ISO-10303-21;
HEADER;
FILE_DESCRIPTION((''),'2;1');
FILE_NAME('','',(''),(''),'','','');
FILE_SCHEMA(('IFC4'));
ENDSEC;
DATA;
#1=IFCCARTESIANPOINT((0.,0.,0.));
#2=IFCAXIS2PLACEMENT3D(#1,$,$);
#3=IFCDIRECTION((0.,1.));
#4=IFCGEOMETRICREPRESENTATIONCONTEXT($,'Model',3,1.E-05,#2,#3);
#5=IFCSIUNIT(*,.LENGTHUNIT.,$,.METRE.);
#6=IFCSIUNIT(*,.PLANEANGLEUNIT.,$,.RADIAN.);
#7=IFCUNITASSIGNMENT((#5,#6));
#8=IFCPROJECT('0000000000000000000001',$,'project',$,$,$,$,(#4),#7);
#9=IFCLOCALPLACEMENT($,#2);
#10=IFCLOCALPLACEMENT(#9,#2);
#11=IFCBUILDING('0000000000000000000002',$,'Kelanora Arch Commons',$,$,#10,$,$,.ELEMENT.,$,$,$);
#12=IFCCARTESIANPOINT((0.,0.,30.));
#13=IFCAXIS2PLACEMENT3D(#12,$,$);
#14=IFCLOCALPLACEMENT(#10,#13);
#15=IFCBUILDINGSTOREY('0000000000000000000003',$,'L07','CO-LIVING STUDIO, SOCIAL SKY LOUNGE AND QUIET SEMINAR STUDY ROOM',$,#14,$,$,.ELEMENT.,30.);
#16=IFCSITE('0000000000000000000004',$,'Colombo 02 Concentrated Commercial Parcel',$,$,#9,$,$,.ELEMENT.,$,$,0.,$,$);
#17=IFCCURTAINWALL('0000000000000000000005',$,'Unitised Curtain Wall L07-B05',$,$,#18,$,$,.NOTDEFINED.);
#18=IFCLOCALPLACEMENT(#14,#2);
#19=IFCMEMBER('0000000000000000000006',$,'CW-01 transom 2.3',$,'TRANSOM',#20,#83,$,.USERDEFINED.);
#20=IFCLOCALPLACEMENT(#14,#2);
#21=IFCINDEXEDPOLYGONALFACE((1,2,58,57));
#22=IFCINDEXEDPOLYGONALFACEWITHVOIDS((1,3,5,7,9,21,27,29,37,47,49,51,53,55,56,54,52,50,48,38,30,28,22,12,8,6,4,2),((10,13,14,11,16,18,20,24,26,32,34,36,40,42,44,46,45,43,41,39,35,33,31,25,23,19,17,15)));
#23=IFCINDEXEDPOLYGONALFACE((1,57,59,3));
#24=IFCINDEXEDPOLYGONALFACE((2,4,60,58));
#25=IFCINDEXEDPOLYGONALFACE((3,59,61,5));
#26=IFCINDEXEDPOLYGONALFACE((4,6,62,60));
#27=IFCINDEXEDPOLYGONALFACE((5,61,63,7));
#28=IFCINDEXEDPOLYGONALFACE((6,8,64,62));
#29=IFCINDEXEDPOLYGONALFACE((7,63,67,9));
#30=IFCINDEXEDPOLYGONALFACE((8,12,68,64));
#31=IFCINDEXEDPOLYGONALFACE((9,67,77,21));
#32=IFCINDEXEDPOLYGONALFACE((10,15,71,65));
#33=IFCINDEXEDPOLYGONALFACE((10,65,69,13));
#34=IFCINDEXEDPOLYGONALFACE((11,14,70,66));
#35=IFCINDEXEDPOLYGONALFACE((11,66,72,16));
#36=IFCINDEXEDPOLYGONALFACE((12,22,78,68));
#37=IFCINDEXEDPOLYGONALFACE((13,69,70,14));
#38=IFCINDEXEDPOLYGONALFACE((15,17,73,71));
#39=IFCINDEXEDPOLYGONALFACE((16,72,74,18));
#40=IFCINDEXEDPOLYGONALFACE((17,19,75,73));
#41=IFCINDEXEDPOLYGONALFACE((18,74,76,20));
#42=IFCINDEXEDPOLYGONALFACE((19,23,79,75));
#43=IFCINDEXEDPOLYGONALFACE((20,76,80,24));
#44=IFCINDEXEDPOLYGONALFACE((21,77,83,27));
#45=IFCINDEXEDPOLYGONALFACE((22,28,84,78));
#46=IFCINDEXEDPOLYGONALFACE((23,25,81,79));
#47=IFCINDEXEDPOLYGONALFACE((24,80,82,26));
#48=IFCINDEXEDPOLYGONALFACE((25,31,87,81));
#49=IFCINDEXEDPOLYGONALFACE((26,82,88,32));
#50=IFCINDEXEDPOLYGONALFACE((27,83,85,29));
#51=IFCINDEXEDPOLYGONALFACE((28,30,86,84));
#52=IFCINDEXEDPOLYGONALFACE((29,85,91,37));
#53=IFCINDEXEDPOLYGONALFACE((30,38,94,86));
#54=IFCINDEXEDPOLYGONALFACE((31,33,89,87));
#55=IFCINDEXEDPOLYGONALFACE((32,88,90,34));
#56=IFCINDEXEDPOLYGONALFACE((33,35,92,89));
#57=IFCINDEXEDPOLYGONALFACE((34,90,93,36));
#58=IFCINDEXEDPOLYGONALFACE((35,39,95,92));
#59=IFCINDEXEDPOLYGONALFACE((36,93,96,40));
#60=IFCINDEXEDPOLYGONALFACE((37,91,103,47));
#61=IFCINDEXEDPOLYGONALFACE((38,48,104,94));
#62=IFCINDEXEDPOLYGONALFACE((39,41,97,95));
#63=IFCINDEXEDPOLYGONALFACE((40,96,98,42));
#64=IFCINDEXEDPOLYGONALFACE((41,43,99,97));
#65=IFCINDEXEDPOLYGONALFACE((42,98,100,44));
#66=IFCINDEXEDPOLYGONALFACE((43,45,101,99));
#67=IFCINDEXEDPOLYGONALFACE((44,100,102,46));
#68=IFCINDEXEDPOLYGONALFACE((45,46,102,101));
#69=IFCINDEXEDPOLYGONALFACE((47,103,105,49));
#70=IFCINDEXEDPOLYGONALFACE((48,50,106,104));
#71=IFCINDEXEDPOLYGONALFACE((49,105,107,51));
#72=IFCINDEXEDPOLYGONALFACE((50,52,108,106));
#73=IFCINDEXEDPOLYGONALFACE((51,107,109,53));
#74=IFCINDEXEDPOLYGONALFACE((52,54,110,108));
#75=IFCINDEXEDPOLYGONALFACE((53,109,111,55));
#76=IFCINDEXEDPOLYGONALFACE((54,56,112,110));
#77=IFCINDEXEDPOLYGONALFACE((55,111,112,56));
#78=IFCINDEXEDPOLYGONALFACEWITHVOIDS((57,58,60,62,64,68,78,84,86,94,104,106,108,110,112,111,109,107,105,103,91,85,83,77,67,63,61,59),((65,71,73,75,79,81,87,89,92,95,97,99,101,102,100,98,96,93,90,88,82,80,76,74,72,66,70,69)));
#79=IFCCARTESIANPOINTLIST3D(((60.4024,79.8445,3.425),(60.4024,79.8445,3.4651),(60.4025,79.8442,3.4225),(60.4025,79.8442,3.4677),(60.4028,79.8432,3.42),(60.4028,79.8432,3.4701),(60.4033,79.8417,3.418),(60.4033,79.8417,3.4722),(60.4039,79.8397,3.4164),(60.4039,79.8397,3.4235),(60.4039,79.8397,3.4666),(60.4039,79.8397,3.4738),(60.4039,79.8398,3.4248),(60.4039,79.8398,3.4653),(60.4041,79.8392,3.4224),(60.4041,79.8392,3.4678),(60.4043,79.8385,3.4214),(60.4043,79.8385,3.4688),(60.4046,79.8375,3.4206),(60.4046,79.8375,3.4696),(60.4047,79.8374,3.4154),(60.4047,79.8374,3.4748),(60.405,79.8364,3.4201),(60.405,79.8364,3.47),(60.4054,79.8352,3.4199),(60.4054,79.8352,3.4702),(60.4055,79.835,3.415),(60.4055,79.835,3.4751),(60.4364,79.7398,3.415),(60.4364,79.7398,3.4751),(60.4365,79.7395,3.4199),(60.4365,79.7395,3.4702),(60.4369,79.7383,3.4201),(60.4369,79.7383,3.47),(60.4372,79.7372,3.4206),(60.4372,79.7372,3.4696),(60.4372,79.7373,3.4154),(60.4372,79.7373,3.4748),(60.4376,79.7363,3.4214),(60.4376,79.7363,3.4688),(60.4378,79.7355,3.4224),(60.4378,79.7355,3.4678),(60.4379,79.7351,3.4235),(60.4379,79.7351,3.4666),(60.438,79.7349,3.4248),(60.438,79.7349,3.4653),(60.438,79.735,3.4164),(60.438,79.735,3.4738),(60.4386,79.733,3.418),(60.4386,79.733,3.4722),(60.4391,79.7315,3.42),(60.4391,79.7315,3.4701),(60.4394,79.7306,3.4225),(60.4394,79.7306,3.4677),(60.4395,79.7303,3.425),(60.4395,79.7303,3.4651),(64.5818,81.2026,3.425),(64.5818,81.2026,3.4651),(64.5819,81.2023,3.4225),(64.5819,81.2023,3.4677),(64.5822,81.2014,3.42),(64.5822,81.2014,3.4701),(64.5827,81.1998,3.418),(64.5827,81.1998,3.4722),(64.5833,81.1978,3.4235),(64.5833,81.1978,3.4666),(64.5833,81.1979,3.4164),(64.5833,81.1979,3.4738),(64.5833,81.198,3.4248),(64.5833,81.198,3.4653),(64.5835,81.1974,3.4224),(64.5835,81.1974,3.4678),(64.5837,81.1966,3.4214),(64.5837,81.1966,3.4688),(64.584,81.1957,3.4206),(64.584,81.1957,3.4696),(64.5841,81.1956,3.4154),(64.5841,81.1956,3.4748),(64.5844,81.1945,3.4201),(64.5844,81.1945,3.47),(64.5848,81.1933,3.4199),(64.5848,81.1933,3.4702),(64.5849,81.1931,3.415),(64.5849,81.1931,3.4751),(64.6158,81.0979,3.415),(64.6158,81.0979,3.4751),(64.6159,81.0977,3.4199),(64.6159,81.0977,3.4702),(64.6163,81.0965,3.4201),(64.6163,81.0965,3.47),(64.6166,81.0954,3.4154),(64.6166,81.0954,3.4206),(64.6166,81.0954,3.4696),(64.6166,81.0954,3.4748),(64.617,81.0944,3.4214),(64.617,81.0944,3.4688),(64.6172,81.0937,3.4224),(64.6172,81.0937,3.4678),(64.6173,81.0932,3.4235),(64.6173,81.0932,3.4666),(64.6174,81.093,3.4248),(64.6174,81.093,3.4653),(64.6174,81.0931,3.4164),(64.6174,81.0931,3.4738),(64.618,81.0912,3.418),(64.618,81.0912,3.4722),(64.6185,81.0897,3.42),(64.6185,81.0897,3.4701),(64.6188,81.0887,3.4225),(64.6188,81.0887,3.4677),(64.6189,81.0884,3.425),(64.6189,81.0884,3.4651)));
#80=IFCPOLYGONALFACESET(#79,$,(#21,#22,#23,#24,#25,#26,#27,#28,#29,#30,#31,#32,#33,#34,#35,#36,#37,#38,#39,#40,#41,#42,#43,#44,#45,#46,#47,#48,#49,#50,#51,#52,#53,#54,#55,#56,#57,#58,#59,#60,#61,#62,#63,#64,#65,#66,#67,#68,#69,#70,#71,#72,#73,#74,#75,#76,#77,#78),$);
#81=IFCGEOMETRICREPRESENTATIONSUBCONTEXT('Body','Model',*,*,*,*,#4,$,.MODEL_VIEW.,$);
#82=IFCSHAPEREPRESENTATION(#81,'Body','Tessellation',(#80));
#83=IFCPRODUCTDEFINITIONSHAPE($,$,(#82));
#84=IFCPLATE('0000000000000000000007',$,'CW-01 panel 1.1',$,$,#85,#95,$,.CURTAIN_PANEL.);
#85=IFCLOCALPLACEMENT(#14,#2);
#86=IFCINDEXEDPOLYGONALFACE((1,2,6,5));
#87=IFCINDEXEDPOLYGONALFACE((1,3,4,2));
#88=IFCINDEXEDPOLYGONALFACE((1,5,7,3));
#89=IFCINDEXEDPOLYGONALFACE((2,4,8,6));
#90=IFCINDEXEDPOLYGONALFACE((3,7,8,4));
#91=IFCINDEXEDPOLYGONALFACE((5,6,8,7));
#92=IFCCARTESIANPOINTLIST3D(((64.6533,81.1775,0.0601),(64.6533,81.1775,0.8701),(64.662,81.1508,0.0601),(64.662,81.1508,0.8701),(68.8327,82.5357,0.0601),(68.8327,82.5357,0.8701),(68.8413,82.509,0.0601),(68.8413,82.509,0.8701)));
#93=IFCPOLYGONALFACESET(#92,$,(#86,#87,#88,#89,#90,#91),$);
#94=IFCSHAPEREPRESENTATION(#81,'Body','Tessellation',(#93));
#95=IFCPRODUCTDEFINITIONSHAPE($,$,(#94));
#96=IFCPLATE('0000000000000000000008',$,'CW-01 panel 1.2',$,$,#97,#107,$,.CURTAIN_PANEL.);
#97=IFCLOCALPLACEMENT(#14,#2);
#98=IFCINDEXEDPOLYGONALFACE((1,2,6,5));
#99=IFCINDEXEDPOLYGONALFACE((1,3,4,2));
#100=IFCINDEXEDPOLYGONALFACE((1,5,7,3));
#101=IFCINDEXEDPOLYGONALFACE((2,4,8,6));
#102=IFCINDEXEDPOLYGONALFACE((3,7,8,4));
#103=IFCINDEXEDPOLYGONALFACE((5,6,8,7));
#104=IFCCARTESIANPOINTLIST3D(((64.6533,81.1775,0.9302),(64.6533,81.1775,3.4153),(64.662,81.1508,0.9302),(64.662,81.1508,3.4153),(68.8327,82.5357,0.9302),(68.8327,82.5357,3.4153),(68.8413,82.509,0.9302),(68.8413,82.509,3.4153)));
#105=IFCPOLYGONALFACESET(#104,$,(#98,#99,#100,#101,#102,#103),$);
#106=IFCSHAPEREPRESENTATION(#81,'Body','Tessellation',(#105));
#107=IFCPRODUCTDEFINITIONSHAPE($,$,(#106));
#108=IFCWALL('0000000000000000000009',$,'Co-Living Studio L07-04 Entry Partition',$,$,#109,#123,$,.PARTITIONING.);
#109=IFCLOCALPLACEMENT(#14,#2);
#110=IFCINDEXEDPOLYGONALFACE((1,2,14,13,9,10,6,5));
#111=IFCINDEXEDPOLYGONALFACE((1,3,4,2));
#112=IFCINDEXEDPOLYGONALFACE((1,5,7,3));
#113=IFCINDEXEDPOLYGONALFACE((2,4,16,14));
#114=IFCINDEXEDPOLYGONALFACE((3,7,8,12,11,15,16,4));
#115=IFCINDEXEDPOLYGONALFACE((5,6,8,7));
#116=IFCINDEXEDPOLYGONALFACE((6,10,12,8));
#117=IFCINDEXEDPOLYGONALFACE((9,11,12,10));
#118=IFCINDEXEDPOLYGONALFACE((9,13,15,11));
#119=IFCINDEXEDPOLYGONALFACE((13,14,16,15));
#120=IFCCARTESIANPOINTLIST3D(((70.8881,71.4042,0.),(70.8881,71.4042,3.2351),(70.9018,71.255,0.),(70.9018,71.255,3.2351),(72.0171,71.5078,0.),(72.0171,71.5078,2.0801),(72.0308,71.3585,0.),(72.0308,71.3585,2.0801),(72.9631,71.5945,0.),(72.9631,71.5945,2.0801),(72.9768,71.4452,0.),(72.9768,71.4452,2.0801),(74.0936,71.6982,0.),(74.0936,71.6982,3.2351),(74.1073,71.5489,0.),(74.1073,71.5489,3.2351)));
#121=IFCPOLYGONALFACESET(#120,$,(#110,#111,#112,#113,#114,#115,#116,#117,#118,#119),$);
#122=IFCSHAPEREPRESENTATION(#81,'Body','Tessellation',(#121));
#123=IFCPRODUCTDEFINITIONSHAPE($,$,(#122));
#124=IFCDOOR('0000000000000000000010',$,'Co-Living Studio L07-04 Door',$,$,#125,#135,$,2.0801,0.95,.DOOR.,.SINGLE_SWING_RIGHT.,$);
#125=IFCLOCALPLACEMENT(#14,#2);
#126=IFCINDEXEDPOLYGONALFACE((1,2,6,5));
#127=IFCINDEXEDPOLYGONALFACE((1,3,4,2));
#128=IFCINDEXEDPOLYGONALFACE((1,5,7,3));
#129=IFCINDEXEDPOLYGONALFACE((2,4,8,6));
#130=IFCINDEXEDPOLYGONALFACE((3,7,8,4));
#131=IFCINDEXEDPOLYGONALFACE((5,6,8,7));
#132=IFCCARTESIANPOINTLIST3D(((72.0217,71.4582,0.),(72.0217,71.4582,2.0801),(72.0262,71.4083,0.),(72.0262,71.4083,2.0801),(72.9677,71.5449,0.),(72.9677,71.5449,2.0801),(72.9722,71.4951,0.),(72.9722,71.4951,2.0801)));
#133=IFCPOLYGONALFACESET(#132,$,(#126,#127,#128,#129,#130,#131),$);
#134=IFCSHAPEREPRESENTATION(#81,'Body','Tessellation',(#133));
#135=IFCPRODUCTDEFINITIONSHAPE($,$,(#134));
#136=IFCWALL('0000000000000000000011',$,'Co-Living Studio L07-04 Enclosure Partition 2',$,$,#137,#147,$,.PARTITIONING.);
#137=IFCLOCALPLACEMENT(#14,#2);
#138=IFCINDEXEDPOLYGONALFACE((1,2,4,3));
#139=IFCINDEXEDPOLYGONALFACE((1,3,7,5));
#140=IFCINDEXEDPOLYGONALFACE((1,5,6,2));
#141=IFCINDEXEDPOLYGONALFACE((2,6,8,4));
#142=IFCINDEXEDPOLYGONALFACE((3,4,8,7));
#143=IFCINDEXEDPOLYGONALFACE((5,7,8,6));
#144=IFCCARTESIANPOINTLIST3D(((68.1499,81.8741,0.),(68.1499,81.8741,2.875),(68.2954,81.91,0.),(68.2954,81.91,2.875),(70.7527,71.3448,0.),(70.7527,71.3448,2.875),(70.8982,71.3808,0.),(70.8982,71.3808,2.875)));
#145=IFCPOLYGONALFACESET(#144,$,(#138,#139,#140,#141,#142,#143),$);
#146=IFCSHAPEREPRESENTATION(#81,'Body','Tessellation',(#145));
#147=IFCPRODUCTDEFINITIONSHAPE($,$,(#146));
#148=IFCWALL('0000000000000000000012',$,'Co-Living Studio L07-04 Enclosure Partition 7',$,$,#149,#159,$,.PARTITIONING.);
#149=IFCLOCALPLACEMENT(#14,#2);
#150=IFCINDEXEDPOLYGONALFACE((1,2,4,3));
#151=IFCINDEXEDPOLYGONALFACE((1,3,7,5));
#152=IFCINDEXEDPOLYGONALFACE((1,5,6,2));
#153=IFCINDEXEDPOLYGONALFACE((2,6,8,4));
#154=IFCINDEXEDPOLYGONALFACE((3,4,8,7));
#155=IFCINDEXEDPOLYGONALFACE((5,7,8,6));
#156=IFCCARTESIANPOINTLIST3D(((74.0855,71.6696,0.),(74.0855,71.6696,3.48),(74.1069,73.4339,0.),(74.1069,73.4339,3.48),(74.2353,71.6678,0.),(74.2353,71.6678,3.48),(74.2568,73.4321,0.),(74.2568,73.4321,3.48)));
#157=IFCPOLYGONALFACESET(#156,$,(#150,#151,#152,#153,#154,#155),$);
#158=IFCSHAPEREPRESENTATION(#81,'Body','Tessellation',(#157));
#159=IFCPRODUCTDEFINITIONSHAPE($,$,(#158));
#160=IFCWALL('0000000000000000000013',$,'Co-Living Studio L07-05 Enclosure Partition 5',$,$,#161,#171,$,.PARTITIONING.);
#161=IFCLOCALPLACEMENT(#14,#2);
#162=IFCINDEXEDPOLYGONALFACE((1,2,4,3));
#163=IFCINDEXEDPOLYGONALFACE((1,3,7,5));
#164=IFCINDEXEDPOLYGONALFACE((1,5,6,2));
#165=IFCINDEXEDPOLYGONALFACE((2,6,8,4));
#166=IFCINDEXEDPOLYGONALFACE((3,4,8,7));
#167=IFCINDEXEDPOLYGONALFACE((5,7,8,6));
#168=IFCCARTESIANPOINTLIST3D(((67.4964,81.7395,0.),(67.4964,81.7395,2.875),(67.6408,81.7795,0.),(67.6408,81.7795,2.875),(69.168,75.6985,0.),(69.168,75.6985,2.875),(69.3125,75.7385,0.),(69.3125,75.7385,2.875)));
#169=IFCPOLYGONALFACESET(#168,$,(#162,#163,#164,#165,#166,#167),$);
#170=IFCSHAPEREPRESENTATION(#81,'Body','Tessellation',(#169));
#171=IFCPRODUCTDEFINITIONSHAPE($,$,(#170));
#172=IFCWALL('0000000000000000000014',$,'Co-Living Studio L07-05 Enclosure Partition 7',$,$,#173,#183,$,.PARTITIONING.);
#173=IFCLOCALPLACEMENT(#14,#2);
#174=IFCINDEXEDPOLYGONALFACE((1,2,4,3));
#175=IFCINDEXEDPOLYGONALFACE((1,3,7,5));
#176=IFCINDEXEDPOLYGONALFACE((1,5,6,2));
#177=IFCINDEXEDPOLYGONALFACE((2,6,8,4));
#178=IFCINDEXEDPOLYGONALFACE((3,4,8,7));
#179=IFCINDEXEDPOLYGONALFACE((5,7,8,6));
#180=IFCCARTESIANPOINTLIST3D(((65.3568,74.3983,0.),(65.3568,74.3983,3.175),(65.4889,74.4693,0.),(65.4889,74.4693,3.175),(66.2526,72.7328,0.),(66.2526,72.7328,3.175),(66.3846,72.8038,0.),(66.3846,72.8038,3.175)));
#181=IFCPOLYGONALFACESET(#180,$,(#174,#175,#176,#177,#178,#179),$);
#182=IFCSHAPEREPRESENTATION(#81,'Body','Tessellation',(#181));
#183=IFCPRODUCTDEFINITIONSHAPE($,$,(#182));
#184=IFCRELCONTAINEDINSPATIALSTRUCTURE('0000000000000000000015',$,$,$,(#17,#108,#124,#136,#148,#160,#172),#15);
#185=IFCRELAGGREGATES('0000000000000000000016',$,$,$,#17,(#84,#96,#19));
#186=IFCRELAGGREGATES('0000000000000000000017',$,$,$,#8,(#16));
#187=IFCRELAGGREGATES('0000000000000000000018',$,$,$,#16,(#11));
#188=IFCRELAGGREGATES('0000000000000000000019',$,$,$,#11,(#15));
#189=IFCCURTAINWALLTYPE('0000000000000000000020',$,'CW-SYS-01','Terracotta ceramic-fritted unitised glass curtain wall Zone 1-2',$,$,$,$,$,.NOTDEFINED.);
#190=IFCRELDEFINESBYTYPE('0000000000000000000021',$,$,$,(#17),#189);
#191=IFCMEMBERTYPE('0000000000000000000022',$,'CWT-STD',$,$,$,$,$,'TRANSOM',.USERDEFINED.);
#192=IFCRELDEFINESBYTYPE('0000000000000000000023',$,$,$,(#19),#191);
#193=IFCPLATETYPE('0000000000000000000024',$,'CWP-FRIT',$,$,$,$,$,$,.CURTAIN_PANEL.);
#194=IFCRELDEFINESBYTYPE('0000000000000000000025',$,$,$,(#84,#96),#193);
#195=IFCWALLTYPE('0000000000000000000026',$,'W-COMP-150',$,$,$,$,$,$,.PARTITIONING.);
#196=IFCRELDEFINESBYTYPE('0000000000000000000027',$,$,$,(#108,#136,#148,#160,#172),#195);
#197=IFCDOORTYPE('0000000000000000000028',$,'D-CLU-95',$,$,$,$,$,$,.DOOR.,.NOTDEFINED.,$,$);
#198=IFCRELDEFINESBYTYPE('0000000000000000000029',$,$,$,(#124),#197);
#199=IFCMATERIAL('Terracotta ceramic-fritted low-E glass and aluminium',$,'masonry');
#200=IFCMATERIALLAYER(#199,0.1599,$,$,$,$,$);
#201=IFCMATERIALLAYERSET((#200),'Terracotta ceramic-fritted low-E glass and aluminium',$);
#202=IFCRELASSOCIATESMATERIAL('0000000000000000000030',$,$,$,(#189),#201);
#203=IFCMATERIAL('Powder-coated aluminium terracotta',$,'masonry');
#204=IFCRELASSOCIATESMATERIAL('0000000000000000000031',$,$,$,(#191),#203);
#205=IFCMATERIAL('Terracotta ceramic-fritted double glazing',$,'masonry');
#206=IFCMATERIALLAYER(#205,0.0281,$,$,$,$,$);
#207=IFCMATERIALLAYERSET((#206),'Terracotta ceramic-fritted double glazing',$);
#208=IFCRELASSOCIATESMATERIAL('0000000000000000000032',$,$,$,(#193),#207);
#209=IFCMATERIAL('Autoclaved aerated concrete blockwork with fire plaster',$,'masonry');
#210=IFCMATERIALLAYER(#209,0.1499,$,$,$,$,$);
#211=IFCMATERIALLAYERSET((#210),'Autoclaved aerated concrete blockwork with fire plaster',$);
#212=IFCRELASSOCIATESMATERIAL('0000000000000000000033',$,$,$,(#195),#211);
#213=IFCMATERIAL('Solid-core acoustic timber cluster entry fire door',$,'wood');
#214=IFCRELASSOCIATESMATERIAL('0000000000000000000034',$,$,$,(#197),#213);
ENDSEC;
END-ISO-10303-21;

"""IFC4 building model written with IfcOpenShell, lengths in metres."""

from ifc_helpers import new_model, si_unit, direction, frame, frame_2d, origin, origin_2d, place, context, subcontext, project, spatial, rectangle, hollow_rectangle, extrude, source, transform, mapped, material, layer, layer_set, material_profile, profile_set, type_object, element, fill, aggregate, save


model = new_model("IFC4")

# Units and contexts
model_context = context("Model", 3, precision=1e-05, world=origin(), true_north=direction((0.0, 1.0)))
body_context = subcontext(model_context, "Body", "Model", "MODEL_VIEW")
ifc_project = project(units=[si_unit("LENGTHUNIT", "METRE"), si_unit("PLANEANGLEUNIT", "RADIAN")], contexts=[model_context])

# Site, building, storey
site_placement = place(None, origin())
site = spatial("IfcSite", under=ifc_project, at=site_placement, Name="Colombo 02 Concentrated Commercial Parcel", CompositionType="ELEMENT", RefElevation=0.0)
building_placement = place(site_placement, origin())
building = spatial("IfcBuilding", under=site, at=building_placement, Name="Kelanora Arch Commons", CompositionType="ELEMENT")
storey_placement = place(building_placement, frame((0.0, 0.0, 30.0)))
storey = spatial("IfcBuildingStorey", under=building, at=storey_placement, Name="L07", Description="CO-LIVING STUDIO, SOCIAL SKY LOUNGE AND QUIET SEMINAR STUDY ROOM", CompositionType="ELEMENT", Elevation=30.0)

# Curtain wall, member, plates
ifc_material_1 = material(Name="Terracotta ceramic-fritted low-E glass and aluminium", Category="masonry")
ifc_layer_1 = layer(ifc_material_1, 0.1599)
ifc_layer_set_1 = layer_set([ifc_layer_1], Name="Terracotta ceramic-fritted low-E glass and aluminium")
curtain_wall_type = type_object("IfcCurtainWallType", Name="CW-SYS-01", Description="Terracotta ceramic-fritted unitised glass curtain wall Zone 1-2", PredefinedType="NOTDEFINED", material=ifc_layer_set_1)
curtain_wall_placement = place(storey_placement, origin())
curtain_wall = element("IfcCurtainWall", 1, at=curtain_wall_placement, inside=storey, type_object=curtain_wall_type, Name="Unitised Curtain Wall L07-B05", PredefinedType="NOTDEFINED")
ifc_material_2 = material(Name="Powder-coated aluminium terracotta", Category="masonry")
ifc_material_profile_1 = material_profile(ifc_material_2, hollow_rectangle(XDim=0.1201, YDim=0.0601, WallThickness=0.0049, InnerFilletRadius=0.0049, OuterFilletRadius=0.01, at=origin_2d()), Name="CWT120x60")
ifc_profile_set_1 = profile_set([ifc_material_profile_1], Name="Powder-coated aluminium terracotta")
member_type_1 = type_object("IfcMemberType", Name="CWT-STD", ElementType="TRANSOM", PredefinedType="USERDEFINED", material=ifc_profile_set_1)
member_1_placement = place(storey_placement, frame((64.6003, 81.1455, 3.4451), z_axis=(-0.951045, -0.309052, 0.0), x_axis=(0.309052, -0.951045, 0.0)))
member_1 = element("IfcMember", 2, at=member_1_placement, type_object=member_type_1, Name="CW-01 transom 2.3", ObjectType="TRANSOM", PredefinedType="USERDEFINED", context=body_context, shape_type="SweptSolid", body=[
    extrude(hollow_rectangle(XDim=0.1201, YDim=0.0601, WallThickness=0.0049, InnerFilletRadius=0.0049, OuterFilletRadius=0.01, at=origin_2d()), origin(), (0.0, 0.0, 1.0), 4.3945),
])
ifc_material_3 = material(Name="Terracotta ceramic-fritted double glazing", Category="masonry")
ifc_layer_2 = layer(ifc_material_3, 0.0281)
ifc_layer_set_2 = layer_set([ifc_layer_2], Name="Terracotta ceramic-fritted double glazing")
plate_type = type_object("IfcPlateType", Name="CWP-FRIT", PredefinedType="CURTAIN_PANEL", material=ifc_layer_set_2)
shared_shape_1 = source(origin(), body_context, "Body", "SweptSolid", [
    extrude(rectangle(XDim=4.3945, YDim=0.0281, at=origin_2d()), origin(), (0.0, 0.0, 1.0), 0.8101),
])
plate_1_placement = place(storey_placement, frame((66.7473, 81.8433, 0.0601), z_axis=(0.0, 0.0, 1.0), x_axis=(-0.951043, -0.309058, 0.0)))
plate_1 = element("IfcPlate", 3, at=plate_1_placement, type_object=plate_type, Name="CW-01 panel 1.1", PredefinedType="CURTAIN_PANEL", context=body_context, shape_type="MappedRepresentation", body=[
    mapped(shared_shape_1, transform((0.0, 0.0, 0.0), scale=1.0)),
])
shared_shape_2 = source(origin(), body_context, "Body", "SweptSolid", [
    extrude(rectangle(XDim=4.3945, YDim=0.0281, at=origin_2d()), origin(), (0.0, 0.0, 1.0), 2.4851),
])
plate_2_placement = place(storey_placement, frame((66.7473, 81.8433, 0.9302), z_axis=(0.0, 0.0, 1.0), x_axis=(-0.951043, -0.309058, 0.0)))
plate_2 = element("IfcPlate", 4, at=plate_2_placement, type_object=plate_type, Name="CW-01 panel 1.2", PredefinedType="CURTAIN_PANEL", context=body_context, shape_type="MappedRepresentation", body=[
    mapped(shared_shape_2, transform((0.0, 0.0, 0.0), scale=1.0)),
])
aggregate(curtain_wall, [plate_1, plate_2, member_1])

# Wall, opening, door
ifc_material_4 = material(Name="Autoclaved aerated concrete blockwork with fire plaster", Category="masonry")
ifc_layer_3 = layer(ifc_material_4, 0.1499)
ifc_layer_set_3 = layer_set([ifc_layer_3], Name="Autoclaved aerated concrete blockwork with fire plaster")
wall_type_1 = type_object("IfcWallType", Name="W-COMP-150", PredefinedType="PARTITIONING", material=ifc_layer_set_3)
wall_1_placement = place(storey_placement, frame((74.1003, 71.6235, 0.0), z_axis=(0.0, 0.0, 1.0), x_axis=(-0.995822, -0.091315, 0.0)))
wall_1 = element("IfcWall", 5, at=wall_1_placement, inside=storey, type_object=wall_type_1, Name="Co-Living Studio L07-04 Entry Partition", PredefinedType="PARTITIONING", context=body_context, shape_type="SweptSolid", body=[
    extrude(rectangle(XDim=3.219, YDim=0.1499, at=frame_2d((1.6094, 0.0))), origin(), (0.0, 0.0, 1.0), 3.2351),
])
opening_1_placement = place(wall_1_placement, frame((1.135, 0.0, 0.0)))
opening_1 = element("IfcOpeningElement", 6, at=opening_1_placement, cuts=wall_1, PredefinedType="OPENING", context=body_context, shape_type="SweptSolid", body=[
    extrude(rectangle(XDim=0.95, YDim=2.0801, at=frame_2d((0.4751, 1.04))), frame((0.0, 0.085, 0.0), z_axis=(0.0, -1.0, 0.0), x_axis=(1.0, 0.0, 0.0)), (0.0, 0.0, 1.0), 0.1699),
])
ifc_material_5 = material(Name="Solid-core acoustic timber cluster entry fire door", Category="wood")
door_type_1 = type_object("IfcDoorType", Name="D-CLU-95", OperationType="NOTDEFINED", PredefinedType="DOOR", material=ifc_material_5)
door_1_placement = place(opening_1_placement, origin())
door_1 = element("IfcDoor", 7, at=door_1_placement, inside=storey, type_object=door_type_1, Name="Co-Living Studio L07-04 Door", OperationType="SINGLE_SWING_RIGHT", OverallHeight=2.0801, OverallWidth=0.95, PredefinedType="DOOR", context=body_context, shape_type="SweptSolid", body=[
    extrude(rectangle(XDim=0.95, YDim=2.0801, at=frame_2d((0.4751, 1.04))), frame((0.0, 0.0249, 0.0), z_axis=(0.0, -1.0, 0.0), x_axis=(1.0, 0.0, 0.0)), (0.0, 0.0, 1.0), 0.05),
])
fill(opening_1, door_1)

# Walls
wall_2_placement = place(storey_placement, frame((70.8254, 71.3628, 0.0), z_axis=(0.0, 0.0, 1.0), x_axis=(-0.239971, 0.97078, 0.0)))
element("IfcWall", 8, at=wall_2_placement, inside=storey, type_object=wall_type_1, Name="Co-Living Studio L07-04 Enclosure Partition 2", PredefinedType="PARTITIONING", context=body_context, shape_type="SweptSolid", body=[
    extrude(rectangle(XDim=10.8462, YDim=0.1499, at=frame_2d((5.4231, 0.0))), origin(), (0.0, 0.0, 1.0), 2.875),
])
wall_3_placement = place(storey_placement, frame((74.1819, 73.4331, 0.0), z_axis=(0.0, 0.0, 1.0), x_axis=(-0.012177, -0.999926, 0.0)))
element("IfcWall", 9, at=wall_3_placement, inside=storey, type_object=wall_type_1, Name="Co-Living Studio L07-04 Enclosure Partition 7", PredefinedType="PARTITIONING", context=body_context, shape_type="SweptSolid", body=[
    extrude(rectangle(XDim=1.7644, YDim=0.1499, at=frame_2d((0.8823, 0.0))), origin(), (0.0, 0.0, 1.0), 3.48),
])
wall_4_placement = place(storey_placement, frame((67.5686, 81.7595, 0.0), z_axis=(0.0, 0.0, 1.0), x_axis=(0.266692, -0.963782, 0.0)))
element("IfcWall", 10, at=wall_4_placement, inside=storey, type_object=wall_type_1, Name="Co-Living Studio L07-05 Enclosure Partition 5", PredefinedType="PARTITIONING", context=body_context, shape_type="SweptSolid", body=[
    extrude(rectangle(XDim=6.2681, YDim=0.1499, at=frame_2d((3.134, 0.0))), origin(), (0.0, 0.0, 1.0), 2.875),
])
wall_5_placement = place(storey_placement, frame((65.4229, 74.4338, 0.0), z_axis=(0.0, 0.0, 1.0), x_axis=(0.473661, -0.880707, 0.0)))
element("IfcWall", 11, at=wall_5_placement, inside=storey, type_object=wall_type_1, Name="Co-Living Studio L07-05 Enclosure Partition 7", PredefinedType="PARTITIONING", context=body_context, shape_type="SweptSolid", body=[
    extrude(rectangle(XDim=1.8911, YDim=0.1499, at=frame_2d((0.9456, 0.0))), origin(), (0.0, 0.0, 1.0), 3.175),
])

save(model, "model.ifc")
